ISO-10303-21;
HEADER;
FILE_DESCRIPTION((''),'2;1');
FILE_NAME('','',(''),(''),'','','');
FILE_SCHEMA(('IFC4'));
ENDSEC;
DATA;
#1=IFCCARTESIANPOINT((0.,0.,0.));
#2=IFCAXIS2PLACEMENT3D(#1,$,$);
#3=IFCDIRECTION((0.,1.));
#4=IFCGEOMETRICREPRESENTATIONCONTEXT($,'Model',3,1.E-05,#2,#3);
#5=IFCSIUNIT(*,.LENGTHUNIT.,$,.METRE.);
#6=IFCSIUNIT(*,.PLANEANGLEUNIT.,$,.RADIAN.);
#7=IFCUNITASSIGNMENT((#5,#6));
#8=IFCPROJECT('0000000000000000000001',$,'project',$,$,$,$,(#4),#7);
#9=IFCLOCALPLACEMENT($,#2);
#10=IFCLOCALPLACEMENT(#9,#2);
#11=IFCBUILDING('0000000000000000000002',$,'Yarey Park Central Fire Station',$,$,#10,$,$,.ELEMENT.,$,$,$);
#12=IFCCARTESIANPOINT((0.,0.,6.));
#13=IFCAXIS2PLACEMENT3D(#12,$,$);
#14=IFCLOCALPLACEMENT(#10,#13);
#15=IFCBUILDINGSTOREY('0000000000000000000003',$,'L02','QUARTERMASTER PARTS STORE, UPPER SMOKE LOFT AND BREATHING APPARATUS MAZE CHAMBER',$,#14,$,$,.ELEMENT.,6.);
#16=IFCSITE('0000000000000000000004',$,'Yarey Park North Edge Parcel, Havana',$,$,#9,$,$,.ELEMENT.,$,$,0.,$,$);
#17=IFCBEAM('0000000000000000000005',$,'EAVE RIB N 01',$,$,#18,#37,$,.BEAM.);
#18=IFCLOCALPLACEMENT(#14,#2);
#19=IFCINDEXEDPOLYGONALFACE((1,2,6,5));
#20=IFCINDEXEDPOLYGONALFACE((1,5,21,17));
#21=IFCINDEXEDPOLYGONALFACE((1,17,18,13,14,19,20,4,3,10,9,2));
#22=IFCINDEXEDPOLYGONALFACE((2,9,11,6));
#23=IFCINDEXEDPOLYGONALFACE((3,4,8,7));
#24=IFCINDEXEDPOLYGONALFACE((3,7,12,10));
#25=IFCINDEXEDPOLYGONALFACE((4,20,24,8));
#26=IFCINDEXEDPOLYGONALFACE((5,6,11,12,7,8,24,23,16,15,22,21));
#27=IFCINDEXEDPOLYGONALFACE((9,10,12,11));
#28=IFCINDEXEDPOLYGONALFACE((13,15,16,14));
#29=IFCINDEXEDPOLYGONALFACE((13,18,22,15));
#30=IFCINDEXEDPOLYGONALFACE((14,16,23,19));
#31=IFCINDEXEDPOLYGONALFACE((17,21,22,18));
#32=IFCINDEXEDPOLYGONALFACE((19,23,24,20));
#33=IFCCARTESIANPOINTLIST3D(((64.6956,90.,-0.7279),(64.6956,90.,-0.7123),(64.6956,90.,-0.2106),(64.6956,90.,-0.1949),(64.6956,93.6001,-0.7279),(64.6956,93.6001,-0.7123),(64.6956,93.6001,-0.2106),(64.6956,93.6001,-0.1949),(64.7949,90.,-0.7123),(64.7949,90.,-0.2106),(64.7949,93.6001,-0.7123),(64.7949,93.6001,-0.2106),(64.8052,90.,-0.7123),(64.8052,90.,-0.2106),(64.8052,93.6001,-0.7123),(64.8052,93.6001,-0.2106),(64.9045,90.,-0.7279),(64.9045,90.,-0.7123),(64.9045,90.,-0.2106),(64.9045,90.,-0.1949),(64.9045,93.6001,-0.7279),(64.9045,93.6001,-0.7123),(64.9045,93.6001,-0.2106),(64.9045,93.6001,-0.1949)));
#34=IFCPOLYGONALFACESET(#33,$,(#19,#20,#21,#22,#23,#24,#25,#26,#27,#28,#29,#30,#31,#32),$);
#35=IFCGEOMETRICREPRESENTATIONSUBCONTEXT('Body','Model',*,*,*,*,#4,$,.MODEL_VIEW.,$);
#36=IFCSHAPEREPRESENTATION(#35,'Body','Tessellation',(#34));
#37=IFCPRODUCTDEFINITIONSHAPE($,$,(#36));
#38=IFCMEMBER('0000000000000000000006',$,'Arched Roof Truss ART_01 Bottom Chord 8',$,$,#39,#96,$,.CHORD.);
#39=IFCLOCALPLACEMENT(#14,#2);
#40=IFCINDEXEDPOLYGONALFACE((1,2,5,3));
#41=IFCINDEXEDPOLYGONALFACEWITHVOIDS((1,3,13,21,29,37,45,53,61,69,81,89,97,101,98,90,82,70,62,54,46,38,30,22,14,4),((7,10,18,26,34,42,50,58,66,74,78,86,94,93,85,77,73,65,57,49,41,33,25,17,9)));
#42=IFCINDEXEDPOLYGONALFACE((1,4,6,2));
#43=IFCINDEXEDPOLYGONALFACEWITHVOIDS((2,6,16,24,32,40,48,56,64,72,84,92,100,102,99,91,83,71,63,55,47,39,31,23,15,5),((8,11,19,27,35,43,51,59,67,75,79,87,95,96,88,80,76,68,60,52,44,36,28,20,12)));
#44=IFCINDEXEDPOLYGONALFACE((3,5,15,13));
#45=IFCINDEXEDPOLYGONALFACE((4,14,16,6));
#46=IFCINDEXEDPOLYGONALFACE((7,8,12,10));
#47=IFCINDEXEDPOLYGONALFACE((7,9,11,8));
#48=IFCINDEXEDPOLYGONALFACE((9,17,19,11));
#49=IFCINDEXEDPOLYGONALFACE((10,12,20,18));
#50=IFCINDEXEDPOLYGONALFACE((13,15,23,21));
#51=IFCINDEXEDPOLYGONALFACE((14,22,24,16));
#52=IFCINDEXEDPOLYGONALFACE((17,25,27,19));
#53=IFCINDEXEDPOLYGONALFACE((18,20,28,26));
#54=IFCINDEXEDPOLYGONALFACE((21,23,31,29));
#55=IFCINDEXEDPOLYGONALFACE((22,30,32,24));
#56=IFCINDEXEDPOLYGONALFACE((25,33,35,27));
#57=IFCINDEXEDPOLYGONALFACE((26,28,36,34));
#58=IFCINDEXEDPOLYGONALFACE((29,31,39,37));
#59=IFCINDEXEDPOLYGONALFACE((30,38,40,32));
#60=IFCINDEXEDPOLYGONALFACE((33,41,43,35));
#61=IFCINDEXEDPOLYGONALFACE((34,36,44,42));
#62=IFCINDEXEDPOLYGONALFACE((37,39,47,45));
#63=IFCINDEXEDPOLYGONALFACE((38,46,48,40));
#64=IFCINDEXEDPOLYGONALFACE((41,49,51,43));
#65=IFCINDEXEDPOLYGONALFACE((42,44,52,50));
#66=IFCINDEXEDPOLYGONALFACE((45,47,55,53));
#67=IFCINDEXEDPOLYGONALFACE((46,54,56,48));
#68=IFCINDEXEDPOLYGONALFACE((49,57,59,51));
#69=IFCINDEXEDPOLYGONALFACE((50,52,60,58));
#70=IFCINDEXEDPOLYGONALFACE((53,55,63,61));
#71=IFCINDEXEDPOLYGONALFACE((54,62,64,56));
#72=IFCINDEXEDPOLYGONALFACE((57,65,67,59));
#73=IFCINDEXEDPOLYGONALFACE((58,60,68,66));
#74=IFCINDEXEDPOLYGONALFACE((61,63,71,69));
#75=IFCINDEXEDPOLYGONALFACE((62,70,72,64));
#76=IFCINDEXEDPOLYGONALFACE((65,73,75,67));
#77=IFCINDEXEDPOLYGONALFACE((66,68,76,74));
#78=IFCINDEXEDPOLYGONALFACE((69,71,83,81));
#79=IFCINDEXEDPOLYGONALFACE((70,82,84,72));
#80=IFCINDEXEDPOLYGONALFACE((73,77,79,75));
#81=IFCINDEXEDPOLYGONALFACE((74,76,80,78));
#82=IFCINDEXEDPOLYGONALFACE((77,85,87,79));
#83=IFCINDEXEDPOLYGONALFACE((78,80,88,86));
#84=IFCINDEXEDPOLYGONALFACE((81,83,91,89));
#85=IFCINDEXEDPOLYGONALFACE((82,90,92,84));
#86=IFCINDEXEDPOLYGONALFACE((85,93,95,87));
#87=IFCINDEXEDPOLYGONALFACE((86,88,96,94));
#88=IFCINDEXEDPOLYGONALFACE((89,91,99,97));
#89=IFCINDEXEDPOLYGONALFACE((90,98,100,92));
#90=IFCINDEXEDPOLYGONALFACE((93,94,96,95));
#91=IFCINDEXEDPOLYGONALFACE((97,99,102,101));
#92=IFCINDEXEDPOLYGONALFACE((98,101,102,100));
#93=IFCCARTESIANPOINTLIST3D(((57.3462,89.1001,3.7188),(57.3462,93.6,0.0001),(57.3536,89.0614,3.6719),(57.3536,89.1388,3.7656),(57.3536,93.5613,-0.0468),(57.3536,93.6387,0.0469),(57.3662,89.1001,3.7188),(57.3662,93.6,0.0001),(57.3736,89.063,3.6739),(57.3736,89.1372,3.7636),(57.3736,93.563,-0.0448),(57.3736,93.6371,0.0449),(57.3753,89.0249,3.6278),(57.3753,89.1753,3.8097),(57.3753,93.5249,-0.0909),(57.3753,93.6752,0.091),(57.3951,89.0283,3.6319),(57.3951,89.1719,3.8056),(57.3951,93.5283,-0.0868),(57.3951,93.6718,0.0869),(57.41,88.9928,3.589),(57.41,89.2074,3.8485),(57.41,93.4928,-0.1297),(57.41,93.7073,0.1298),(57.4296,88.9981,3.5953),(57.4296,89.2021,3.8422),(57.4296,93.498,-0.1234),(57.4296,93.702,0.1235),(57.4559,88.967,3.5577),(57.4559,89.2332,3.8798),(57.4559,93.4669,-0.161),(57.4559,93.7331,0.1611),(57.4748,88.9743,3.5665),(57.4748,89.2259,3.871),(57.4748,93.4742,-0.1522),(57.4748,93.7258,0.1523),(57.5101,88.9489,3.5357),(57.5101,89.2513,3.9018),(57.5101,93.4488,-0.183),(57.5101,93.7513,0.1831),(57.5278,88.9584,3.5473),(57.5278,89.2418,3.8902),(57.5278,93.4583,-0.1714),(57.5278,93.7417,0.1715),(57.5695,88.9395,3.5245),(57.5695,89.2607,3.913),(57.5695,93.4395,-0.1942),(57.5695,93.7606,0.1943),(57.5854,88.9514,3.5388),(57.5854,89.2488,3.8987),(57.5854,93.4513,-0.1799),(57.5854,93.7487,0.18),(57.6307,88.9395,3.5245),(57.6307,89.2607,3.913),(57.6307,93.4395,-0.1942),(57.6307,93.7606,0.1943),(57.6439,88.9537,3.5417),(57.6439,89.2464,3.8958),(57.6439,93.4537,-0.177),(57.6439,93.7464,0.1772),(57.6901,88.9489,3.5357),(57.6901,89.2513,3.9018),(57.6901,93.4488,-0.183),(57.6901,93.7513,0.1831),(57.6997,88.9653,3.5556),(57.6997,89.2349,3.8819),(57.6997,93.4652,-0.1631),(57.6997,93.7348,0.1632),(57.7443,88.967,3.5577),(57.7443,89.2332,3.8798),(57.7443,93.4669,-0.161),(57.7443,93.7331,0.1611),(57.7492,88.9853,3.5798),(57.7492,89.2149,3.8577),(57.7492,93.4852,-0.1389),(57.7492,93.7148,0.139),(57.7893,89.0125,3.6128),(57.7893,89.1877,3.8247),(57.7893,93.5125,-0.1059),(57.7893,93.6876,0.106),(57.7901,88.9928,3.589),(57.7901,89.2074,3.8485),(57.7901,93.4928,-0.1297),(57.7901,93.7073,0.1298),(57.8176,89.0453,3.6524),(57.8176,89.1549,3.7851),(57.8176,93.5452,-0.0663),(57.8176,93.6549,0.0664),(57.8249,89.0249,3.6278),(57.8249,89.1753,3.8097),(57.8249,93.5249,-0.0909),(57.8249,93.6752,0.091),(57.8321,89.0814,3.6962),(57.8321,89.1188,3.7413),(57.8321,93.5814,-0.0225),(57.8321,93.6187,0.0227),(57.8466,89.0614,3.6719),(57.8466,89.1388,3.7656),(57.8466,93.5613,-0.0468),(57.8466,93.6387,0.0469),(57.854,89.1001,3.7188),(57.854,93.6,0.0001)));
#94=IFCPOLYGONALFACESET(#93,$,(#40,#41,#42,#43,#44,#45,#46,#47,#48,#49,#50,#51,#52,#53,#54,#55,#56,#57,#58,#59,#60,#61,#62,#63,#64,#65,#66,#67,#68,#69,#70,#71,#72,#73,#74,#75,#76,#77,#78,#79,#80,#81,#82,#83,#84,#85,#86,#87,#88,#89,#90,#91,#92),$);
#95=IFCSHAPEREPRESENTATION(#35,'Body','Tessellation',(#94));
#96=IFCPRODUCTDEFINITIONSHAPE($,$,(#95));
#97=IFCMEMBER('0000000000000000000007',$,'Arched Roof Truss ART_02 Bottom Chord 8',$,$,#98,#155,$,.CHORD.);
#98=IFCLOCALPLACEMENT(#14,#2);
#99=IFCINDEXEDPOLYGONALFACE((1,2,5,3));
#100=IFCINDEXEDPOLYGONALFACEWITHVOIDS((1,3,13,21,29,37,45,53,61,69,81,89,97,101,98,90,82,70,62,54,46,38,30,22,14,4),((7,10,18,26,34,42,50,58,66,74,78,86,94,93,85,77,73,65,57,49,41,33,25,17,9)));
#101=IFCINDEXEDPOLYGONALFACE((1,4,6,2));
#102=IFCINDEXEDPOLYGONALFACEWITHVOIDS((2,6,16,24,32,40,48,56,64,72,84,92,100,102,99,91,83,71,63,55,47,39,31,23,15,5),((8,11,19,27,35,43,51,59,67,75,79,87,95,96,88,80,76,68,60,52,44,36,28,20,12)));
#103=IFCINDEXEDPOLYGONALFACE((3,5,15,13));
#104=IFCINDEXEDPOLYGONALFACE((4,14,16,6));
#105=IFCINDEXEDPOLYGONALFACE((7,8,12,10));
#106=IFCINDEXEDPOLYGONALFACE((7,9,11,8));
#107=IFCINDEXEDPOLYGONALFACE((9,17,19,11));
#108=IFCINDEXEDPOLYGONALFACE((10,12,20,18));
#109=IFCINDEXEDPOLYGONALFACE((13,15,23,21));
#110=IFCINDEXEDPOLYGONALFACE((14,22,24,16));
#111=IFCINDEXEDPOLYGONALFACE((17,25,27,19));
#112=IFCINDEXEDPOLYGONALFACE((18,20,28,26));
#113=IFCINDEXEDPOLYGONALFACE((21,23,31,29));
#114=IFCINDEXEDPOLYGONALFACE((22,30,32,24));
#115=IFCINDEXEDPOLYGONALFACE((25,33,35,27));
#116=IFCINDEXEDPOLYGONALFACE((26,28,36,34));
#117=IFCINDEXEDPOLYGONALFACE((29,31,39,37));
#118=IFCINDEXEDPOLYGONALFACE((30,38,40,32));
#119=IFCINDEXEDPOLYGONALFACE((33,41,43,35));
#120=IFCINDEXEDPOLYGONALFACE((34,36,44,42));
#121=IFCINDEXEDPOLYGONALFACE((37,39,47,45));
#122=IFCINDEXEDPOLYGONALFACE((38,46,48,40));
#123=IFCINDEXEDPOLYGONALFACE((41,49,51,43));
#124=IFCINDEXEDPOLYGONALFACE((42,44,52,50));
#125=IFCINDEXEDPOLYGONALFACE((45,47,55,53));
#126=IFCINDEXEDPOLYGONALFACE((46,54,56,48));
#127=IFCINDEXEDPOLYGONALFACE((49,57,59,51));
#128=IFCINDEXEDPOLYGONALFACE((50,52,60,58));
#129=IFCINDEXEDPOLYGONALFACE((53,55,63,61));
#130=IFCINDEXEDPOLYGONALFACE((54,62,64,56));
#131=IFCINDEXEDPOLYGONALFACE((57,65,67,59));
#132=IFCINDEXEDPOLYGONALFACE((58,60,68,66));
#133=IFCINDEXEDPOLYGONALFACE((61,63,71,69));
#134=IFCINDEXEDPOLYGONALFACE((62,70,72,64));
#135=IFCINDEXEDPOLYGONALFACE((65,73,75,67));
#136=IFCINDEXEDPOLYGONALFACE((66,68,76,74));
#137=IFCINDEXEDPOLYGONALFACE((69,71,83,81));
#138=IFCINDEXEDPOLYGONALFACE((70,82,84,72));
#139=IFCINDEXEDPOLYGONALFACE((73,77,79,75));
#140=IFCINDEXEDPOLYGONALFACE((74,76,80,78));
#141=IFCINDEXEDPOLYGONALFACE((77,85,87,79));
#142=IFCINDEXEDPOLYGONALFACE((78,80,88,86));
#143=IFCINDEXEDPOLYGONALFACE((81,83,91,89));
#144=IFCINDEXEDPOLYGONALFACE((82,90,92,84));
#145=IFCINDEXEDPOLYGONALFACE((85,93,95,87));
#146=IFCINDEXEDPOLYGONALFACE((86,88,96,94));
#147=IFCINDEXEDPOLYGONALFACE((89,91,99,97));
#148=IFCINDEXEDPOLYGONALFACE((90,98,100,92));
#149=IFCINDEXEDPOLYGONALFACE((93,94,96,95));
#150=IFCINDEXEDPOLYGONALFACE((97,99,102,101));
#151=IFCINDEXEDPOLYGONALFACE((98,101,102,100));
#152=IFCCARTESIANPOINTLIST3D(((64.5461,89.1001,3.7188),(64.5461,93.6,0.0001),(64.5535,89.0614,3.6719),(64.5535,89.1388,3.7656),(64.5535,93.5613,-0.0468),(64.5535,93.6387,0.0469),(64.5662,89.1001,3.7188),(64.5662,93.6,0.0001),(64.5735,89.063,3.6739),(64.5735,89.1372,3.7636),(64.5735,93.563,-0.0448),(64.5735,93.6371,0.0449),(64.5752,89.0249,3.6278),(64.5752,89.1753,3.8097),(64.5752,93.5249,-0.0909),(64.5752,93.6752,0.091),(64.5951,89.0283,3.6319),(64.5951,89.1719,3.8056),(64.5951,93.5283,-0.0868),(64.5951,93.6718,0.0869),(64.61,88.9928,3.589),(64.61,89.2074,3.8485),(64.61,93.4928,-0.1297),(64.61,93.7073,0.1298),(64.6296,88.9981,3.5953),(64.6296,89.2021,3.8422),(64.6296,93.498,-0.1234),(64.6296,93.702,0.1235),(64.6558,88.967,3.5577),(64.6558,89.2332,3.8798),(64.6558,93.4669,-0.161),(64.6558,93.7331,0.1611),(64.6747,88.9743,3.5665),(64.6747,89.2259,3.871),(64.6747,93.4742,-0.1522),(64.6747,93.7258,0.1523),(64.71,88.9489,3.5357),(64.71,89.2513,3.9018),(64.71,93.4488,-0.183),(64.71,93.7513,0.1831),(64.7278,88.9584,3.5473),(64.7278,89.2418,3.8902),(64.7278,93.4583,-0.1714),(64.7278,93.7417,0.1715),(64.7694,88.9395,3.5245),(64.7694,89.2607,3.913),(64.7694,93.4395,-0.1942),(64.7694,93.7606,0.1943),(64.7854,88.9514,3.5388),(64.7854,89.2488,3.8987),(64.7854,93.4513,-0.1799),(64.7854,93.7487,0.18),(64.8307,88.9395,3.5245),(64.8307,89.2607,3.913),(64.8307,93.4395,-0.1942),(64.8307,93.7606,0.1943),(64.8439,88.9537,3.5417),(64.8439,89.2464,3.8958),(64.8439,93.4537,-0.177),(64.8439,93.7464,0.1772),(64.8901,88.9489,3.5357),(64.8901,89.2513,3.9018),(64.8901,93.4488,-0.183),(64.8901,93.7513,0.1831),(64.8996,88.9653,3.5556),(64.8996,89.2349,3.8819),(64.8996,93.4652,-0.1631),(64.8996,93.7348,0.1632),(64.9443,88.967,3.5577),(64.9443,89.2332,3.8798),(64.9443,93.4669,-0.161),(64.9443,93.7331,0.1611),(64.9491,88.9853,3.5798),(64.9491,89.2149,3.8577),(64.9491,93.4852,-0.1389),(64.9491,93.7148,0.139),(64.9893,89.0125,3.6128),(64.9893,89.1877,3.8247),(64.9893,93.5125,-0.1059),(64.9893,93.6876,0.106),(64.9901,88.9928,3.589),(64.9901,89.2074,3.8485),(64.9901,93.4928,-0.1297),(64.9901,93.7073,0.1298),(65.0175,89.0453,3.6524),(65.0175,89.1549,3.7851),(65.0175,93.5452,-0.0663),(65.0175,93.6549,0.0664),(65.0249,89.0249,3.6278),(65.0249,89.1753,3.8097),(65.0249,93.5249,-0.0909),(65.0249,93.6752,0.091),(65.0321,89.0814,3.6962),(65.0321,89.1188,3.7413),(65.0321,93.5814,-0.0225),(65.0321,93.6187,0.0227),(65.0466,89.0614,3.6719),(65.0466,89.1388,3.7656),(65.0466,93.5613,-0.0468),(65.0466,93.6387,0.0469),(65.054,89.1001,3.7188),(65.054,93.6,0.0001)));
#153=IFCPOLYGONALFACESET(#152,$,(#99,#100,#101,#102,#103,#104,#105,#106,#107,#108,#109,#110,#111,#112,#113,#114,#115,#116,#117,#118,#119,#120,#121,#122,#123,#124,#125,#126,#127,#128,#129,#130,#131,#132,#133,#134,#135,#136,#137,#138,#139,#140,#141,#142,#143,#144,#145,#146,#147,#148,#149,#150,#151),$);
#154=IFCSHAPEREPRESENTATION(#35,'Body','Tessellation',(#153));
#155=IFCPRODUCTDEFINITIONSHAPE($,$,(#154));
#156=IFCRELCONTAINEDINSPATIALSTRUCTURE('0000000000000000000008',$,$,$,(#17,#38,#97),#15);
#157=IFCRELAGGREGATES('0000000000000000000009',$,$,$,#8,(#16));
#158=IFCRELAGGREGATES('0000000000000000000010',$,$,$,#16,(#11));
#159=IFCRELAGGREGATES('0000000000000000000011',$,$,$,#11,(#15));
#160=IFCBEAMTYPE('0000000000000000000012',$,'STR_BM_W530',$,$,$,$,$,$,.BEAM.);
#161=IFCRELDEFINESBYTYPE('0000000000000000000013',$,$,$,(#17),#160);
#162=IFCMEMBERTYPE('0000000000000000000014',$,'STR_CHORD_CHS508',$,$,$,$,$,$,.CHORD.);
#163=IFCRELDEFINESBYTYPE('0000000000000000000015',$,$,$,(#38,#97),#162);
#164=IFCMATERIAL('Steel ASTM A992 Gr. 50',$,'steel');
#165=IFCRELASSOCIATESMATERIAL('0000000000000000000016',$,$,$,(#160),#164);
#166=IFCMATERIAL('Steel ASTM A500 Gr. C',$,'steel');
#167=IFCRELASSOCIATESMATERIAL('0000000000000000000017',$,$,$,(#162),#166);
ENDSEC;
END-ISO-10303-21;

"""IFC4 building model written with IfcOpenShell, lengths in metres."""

from ifc_helpers import new_model, si_unit, direction, frame, origin, origin_2d, place, context, subcontext, project, spatial, hollow_circle, i_section, extrude, material, material_profile, profile_set, type_object, element, save


model = new_model("IFC4")

# Units and contexts
model_context = context("Model", 3, precision=1e-05, world=origin(), true_north=direction((0.0, 1.0)))
body_context = subcontext(model_context, "Body", "Model", "MODEL_VIEW")
ifc_project = project(units=[si_unit("LENGTHUNIT", "METRE"), si_unit("PLANEANGLEUNIT", "RADIAN")], contexts=[model_context])

# Site, building, storey
site_placement = place(None, origin())
site = spatial("IfcSite", under=ifc_project, at=site_placement, Name="Yarey Park North Edge Parcel, Havana", CompositionType="ELEMENT", RefElevation=0.0)
building_placement = place(site_placement, origin())
building = spatial("IfcBuilding", under=site, at=building_placement, Name="Yarey Park Central Fire Station", CompositionType="ELEMENT")
storey_placement = place(building_placement, frame((0.0, 0.0, 6.0)))
storey = spatial("IfcBuildingStorey", under=building, at=storey_placement, Name="L02", Description="QUARTERMASTER PARTS STORE, UPPER SMOKE LOFT AND BREATHING APPARATUS MAZE CHAMBER", CompositionType="ELEMENT", Elevation=6.0)

# Beam
ifc_material_1 = material(Name="Steel ASTM A992 Gr. 50", Category="steel")
ifc_material_profile_1 = material_profile(ifc_material_1, i_section(OverallWidth=0.209, OverallDepth=0.533, WebThickness=0.0103, FlangeThickness=0.0156, at=origin_2d()), Name="W530x92")
ifc_profile_set_1 = profile_set([ifc_material_profile_1], Name="Steel ASTM A992 Gr. 50")
beam_type_1 = type_object("IfcBeamType", Name="STR_BM_W530", PredefinedType="BEAM", material=ifc_profile_set_1)
beam_placement = place(storey_placement, frame((64.8, 90.0, -0.4614), z_axis=(0.0, 1.0, 0.0), x_axis=(-1.0, 0.0, 0.0)))
element("IfcBeam", 1, at=beam_placement, inside=storey, type_object=beam_type_1, Name="EAVE RIB N 01", PredefinedType="BEAM", context=body_context, shape_type="SweptSolid", body=[
    extrude(i_section(OverallWidth=0.209, OverallDepth=0.533, WebThickness=0.0103, FlangeThickness=0.0156, at=origin_2d()), origin(), (0.0, 0.0, 1.0), 3.6001),
])

# Members
ifc_material_2 = material(Name="Steel ASTM A500 Gr. C", Category="steel")
ifc_material_profile_2 = material_profile(ifc_material_2, hollow_circle(Radius=0.2539, WallThickness=0.02, at=origin_2d()), Name="CHS 508x20")
ifc_profile_set_2 = profile_set([ifc_material_profile_2], Name="Steel ASTM A500 Gr. C")
member_type_1 = type_object("IfcMemberType", Name="STR_CHORD_CHS508", PredefinedType="CHORD", material=ifc_profile_set_2)
for number, where, z_axis, x_axis, name in (
    (2, (57.6001, 89.1001, 3.7188), (0.0, 0.770847, -0.63702), (-1.0, 0.0, 0.0), "Arched Roof Truss ART_01 Bottom Chord 8"),
    (3, (64.8, 89.1001, 3.7188), (0.0, 0.770847, -0.63702), (-1.0, 0.0, 0.0), "Arched Roof Truss ART_02 Bottom Chord 8"),
):
    element("IfcMember", number, at=place(storey_placement, frame(where, z_axis=z_axis, x_axis=x_axis)), inside=storey, type_object=member_type_1, Name=name, PredefinedType="CHORD", context=body_context, shape_type="SweptSolid", body=[
        extrude(hollow_circle(Radius=0.2539, WallThickness=0.02, at=origin_2d()), origin(), (0.0, 0.0, 1.0), 5.8376),
    ])

save(model, "model.ifc")
